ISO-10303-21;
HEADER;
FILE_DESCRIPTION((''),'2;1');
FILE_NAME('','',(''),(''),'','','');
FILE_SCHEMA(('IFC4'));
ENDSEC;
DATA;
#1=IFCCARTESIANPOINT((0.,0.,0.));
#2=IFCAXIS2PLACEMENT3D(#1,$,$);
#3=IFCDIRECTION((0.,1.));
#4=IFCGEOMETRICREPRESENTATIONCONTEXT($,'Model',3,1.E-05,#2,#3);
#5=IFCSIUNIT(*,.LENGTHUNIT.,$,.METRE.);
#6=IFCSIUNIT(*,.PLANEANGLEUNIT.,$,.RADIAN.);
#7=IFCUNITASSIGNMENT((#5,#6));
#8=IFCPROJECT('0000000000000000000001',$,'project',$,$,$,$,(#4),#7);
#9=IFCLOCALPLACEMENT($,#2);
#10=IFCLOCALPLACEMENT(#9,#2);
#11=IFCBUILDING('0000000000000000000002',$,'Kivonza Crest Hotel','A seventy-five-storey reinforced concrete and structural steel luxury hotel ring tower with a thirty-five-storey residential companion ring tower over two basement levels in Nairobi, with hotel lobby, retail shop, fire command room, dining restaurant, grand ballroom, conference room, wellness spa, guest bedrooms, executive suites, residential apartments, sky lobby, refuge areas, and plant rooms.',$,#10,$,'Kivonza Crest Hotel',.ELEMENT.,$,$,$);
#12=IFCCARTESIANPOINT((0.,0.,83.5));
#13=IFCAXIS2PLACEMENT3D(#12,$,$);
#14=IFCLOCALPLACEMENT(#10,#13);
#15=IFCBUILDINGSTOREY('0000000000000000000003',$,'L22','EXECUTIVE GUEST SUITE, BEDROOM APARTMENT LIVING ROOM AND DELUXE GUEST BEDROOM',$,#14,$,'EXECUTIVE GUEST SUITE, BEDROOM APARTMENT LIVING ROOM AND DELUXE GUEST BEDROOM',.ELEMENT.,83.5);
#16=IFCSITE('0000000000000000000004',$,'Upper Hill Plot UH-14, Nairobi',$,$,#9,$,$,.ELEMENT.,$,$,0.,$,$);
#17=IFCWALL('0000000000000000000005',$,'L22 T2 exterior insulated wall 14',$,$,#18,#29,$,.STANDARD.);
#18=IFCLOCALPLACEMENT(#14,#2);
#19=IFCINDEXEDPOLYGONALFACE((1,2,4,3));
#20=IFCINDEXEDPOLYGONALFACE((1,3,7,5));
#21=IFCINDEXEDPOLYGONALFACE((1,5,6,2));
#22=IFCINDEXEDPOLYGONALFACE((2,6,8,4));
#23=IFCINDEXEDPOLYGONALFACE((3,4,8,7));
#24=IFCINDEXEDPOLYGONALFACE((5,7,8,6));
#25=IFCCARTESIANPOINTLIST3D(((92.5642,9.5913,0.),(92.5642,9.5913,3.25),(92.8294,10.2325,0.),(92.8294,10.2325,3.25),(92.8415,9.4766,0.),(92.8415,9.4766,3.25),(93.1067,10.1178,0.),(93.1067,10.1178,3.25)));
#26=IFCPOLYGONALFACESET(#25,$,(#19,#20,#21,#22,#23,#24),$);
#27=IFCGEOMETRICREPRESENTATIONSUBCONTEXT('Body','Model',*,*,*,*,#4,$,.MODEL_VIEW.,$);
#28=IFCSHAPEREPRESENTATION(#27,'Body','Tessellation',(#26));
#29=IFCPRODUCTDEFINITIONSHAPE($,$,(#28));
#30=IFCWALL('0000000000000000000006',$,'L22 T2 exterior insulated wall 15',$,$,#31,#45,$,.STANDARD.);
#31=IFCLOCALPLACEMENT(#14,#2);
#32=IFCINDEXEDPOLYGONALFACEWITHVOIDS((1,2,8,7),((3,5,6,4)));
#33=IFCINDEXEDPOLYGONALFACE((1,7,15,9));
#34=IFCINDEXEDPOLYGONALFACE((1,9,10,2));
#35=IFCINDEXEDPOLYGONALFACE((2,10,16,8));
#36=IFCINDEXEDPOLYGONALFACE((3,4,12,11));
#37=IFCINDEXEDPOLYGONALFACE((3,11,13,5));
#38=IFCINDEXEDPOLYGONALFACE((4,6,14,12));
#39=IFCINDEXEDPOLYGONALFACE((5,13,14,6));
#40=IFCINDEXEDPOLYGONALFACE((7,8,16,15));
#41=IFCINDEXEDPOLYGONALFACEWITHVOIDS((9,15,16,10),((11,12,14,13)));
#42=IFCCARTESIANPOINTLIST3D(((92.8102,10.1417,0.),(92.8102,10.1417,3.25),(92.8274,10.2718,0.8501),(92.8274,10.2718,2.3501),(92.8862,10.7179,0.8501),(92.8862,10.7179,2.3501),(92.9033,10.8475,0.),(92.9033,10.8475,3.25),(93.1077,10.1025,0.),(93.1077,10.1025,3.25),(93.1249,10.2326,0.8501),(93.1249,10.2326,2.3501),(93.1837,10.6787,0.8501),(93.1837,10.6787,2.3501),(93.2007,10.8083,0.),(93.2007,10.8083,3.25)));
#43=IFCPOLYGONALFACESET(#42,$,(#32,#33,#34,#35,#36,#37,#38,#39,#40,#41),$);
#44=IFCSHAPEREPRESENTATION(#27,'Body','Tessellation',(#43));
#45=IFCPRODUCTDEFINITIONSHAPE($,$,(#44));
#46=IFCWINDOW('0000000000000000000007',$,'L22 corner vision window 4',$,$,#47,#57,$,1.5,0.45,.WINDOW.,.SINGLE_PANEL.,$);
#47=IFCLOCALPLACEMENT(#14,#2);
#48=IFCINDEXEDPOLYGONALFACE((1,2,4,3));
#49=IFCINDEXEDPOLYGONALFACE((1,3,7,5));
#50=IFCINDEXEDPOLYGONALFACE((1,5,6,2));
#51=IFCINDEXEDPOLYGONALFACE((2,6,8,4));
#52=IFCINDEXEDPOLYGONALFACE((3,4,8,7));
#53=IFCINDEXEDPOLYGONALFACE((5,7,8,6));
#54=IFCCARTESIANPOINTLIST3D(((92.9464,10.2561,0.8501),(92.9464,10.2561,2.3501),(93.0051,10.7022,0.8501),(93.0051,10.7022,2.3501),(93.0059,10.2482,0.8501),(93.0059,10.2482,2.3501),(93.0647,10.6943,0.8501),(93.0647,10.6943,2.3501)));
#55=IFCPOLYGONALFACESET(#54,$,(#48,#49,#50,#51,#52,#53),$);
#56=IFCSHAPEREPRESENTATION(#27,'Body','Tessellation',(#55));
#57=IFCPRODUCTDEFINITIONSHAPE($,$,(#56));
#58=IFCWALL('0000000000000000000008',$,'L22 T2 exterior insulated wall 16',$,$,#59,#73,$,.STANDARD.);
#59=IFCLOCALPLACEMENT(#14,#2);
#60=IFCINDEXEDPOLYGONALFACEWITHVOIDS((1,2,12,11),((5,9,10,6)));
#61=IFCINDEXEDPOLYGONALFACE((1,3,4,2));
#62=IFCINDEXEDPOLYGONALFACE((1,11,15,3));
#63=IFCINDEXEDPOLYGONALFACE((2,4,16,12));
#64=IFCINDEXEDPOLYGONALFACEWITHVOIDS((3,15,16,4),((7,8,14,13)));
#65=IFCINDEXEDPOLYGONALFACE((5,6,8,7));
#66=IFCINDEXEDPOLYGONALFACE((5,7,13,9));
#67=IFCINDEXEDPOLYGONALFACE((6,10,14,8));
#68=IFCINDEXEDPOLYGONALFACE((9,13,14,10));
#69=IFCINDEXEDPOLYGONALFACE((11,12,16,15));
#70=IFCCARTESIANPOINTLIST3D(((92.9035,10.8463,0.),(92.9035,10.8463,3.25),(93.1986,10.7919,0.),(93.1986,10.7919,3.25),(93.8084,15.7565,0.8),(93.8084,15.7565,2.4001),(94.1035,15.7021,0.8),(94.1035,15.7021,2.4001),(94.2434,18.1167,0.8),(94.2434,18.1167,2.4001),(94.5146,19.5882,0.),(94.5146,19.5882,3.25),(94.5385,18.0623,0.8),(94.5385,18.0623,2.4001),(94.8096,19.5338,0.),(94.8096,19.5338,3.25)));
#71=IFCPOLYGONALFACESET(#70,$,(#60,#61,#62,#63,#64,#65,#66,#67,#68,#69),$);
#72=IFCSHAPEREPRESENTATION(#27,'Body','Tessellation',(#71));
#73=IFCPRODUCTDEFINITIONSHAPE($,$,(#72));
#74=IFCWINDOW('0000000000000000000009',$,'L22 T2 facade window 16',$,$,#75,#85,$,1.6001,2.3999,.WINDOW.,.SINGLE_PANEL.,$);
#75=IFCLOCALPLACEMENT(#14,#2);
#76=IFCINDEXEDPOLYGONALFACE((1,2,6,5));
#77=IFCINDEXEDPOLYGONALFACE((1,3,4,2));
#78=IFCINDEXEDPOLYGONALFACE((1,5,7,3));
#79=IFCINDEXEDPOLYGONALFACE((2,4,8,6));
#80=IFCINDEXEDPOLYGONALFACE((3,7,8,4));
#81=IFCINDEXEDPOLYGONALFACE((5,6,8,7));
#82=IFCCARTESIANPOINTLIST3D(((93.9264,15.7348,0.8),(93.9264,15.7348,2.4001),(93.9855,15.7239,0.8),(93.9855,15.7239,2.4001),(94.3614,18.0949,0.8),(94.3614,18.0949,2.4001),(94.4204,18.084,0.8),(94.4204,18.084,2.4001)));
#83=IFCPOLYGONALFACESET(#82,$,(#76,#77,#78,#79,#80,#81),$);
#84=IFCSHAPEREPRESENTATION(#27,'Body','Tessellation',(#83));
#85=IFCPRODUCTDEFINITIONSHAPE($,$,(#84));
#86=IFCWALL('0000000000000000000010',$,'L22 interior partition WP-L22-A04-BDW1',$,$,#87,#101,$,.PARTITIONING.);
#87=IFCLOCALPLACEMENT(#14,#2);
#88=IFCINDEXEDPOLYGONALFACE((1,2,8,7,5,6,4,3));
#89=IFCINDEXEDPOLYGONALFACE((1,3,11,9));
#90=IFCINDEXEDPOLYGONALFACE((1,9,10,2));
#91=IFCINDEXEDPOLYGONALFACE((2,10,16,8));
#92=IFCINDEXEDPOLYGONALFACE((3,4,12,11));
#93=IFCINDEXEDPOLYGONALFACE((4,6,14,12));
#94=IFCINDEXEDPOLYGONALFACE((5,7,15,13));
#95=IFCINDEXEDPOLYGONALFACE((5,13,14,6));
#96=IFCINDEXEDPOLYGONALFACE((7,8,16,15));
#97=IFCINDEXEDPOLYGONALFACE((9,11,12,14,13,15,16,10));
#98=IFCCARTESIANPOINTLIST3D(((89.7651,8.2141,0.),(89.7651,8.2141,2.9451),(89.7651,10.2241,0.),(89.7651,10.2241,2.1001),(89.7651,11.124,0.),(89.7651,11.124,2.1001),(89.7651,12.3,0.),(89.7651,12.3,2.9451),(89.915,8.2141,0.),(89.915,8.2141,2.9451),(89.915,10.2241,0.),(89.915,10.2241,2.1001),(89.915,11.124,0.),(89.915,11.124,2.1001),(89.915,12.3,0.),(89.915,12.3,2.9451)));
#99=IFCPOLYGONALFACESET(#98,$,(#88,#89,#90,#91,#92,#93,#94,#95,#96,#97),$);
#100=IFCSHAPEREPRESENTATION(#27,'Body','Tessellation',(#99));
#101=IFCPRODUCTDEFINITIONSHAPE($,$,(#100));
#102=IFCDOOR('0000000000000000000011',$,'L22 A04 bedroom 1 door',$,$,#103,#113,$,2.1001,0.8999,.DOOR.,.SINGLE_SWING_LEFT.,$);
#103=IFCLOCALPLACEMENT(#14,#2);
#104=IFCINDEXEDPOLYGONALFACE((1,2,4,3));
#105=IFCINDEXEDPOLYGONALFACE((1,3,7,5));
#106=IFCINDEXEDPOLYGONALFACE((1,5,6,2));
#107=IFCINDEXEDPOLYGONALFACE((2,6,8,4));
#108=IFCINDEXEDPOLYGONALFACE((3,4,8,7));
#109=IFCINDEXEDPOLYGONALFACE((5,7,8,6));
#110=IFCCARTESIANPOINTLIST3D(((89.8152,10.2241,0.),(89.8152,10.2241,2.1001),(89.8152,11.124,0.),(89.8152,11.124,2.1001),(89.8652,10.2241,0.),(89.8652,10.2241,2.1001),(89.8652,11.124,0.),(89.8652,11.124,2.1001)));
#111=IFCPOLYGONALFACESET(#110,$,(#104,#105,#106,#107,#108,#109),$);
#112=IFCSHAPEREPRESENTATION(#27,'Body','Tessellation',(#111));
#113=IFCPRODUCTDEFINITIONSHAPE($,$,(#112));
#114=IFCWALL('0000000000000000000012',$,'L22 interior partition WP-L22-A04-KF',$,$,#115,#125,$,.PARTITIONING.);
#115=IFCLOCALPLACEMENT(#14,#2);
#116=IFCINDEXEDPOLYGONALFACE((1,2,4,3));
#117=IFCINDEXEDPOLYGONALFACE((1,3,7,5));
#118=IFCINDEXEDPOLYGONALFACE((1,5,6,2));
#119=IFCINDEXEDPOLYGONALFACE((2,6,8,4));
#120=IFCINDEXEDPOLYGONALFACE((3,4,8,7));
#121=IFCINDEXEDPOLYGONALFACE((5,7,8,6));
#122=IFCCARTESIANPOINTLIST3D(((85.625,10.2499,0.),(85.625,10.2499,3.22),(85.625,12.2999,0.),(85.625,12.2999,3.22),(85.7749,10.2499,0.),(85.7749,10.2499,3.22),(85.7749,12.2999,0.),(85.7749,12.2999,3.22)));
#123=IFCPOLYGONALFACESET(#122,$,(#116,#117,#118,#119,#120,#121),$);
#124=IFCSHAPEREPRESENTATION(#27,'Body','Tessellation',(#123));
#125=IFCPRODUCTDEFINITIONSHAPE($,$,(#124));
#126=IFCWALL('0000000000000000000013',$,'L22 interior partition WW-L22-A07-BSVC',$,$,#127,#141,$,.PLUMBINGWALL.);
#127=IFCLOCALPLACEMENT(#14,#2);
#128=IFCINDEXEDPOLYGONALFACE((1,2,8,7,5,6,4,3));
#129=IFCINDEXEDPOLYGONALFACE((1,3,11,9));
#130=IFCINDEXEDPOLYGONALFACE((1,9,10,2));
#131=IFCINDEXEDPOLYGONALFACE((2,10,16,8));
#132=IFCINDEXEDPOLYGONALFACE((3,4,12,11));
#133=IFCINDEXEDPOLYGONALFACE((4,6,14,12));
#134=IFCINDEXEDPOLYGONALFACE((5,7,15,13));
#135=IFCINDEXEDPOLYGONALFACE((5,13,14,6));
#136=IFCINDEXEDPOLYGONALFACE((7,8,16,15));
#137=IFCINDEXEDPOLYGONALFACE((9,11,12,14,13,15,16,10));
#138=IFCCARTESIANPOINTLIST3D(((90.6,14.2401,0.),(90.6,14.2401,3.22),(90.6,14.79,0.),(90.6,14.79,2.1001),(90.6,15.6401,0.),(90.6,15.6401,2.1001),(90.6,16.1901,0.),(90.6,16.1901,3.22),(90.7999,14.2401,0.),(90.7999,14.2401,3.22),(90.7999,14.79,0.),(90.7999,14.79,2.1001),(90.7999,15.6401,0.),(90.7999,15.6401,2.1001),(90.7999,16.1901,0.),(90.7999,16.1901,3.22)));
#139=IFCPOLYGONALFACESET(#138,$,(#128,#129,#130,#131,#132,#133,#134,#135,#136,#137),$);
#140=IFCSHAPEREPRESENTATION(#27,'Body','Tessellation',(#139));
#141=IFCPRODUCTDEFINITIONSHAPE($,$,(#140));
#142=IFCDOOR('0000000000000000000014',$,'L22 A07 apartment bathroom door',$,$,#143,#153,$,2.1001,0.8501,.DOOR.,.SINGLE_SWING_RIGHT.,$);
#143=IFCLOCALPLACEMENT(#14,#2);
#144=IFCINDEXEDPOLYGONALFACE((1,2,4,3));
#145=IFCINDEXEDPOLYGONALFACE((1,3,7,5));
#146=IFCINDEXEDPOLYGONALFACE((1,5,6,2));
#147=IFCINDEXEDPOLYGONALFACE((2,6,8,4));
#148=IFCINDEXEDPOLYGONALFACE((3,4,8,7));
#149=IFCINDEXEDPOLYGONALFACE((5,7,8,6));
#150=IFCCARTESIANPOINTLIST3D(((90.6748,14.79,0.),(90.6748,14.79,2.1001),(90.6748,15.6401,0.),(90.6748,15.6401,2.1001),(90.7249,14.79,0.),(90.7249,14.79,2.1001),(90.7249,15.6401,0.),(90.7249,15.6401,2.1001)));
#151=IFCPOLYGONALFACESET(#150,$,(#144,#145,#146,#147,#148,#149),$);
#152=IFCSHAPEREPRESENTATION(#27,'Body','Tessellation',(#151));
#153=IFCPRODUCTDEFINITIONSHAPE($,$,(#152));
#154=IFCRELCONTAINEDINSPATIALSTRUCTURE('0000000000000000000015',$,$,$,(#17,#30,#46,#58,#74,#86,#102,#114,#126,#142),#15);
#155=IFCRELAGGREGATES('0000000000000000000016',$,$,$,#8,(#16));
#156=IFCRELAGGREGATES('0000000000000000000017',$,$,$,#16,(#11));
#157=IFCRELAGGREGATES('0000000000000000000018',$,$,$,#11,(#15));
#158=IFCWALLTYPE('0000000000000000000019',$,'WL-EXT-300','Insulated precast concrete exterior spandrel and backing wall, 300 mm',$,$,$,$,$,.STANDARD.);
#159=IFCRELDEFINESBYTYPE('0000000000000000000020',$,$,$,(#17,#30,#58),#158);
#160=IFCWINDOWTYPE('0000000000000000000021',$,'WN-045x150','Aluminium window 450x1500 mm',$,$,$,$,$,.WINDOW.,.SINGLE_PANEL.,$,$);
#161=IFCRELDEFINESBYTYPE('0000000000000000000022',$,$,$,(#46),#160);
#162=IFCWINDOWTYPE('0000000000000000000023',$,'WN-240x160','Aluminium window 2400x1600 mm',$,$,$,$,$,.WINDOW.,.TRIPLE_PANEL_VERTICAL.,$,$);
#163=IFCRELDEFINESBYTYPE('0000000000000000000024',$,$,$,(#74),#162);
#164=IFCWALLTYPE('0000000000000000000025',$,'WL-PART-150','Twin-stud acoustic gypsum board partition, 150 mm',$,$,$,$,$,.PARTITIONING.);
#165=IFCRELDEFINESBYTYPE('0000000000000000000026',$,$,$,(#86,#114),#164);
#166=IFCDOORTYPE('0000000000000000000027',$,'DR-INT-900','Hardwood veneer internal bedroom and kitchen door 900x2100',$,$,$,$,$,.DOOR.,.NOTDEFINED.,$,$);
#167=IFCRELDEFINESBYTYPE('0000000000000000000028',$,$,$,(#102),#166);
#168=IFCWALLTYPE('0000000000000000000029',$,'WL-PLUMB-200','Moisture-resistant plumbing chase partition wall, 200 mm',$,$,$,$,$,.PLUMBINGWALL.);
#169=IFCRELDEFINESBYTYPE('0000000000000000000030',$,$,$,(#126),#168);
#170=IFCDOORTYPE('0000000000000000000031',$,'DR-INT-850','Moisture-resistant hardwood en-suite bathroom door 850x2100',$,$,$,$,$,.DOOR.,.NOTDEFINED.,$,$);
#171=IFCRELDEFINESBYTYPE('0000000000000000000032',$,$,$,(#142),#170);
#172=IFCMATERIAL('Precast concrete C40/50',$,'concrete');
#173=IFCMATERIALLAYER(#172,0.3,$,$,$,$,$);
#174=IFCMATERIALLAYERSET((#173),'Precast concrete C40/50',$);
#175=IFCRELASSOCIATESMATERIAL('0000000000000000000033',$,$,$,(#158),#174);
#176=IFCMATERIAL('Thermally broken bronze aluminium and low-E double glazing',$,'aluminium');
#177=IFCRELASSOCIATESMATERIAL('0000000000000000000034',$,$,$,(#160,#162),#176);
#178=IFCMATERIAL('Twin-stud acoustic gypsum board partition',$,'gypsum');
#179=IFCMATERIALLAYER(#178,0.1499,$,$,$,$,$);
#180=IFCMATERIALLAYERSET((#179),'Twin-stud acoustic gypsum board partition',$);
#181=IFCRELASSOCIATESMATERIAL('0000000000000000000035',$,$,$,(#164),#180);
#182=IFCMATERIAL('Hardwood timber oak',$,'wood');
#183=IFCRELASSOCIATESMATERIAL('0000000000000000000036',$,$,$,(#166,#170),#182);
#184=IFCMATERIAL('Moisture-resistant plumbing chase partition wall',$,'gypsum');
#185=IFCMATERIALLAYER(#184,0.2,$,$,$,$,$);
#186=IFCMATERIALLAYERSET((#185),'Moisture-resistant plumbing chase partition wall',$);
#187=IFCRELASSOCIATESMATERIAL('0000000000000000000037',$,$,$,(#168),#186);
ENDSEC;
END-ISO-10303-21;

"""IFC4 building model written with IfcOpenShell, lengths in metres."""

from ifc_helpers import new_model, si_unit, direction, frame, frame_2d, origin, place, context, subcontext, project, spatial, rectangle, extrude, material, layer, layer_set, type_object, element, fill, save


model = new_model("IFC4")

# Units and contexts
model_context = context("Model", 3, precision=1e-05, world=origin(), true_north=direction((0.0, 1.0)))
body_context = subcontext(model_context, "Body", "Model", "MODEL_VIEW")
ifc_project = project(units=[si_unit("LENGTHUNIT", "METRE"), si_unit("PLANEANGLEUNIT", "RADIAN")], contexts=[model_context])

# Site, building, storey
site_placement = place(None, origin())
site = spatial("IfcSite", under=ifc_project, at=site_placement, Name="Upper Hill Plot UH-14, Nairobi", CompositionType="ELEMENT", RefElevation=0.0)
building_placement = place(site_placement, origin())
building = spatial("IfcBuilding", under=site, at=building_placement, Name="Kivonza Crest Hotel", Description="A seventy-five-storey reinforced concrete and structural steel luxury hotel ring tower with a thirty-five-storey residential companion ring tower over two basement levels in Nairobi, with hotel lobby, retail shop, fire command room, dining restaurant, grand ballroom, conference room, wellness spa, guest bedrooms, executive suites, residential apartments, sky lobby, refuge areas, and plant rooms.", LongName="Kivonza Crest Hotel", CompositionType="ELEMENT")
storey_placement = place(building_placement, frame((0.0, 0.0, 83.5)))
storey = spatial("IfcBuildingStorey", under=building, at=storey_placement, Name="L22", Description="EXECUTIVE GUEST SUITE, BEDROOM APARTMENT LIVING ROOM AND DELUXE GUEST BEDROOM", LongName="EXECUTIVE GUEST SUITE, BEDROOM APARTMENT LIVING ROOM AND DELUXE GUEST BEDROOM", CompositionType="ELEMENT", Elevation=83.5)

# Shared definitions
ifc_material_1 = material(Name="Hardwood timber oak", Category="wood")

# Wall
ifc_material_2 = material(Name="Precast concrete C40/50", Category="concrete")
ifc_layer_1 = layer(ifc_material_2, 0.3)
ifc_layer_set_1 = layer_set([ifc_layer_1], Name="Precast concrete C40/50")
wall_type_1 = type_object("IfcWallType", Name="WL-EXT-300", Description="Insulated precast concrete exterior spandrel and backing wall, 300 mm", PredefinedType="STANDARD", material=ifc_layer_set_1)
for number, where, z_axis, x_axis, name in (
    (1, (92.7029, 9.5339, 0.0), (0.0, 0.0, 1.0), (0.382165, 0.924094, 0.0), "L22 T2 exterior insulated wall 14"),
):
    element("IfcWall", number, at=place(storey_placement, frame(where, z_axis=z_axis, x_axis=x_axis)), inside=storey, type_object=wall_type_1, Name=name, PredefinedType="STANDARD", context=body_context, shape_type="SweptSolid", body=[
        extrude(rectangle(XDim=0.6938, YDim=0.3, at=frame_2d((0.3469, 0.0))), origin(), (0.0, 0.0, 1.0), 3.25),
    ])

# Walls, openings, windows
wall_1_placement = place(storey_placement, frame((92.959, 10.1221, 0.0), z_axis=(0.0, 0.0, 1.0), x_axis=(0.130659, 0.991427, 0.0)))
wall_1 = element("IfcWall", 2, at=wall_1_placement, inside=storey, type_object=wall_type_1, Name="L22 T2 exterior insulated wall 15", PredefinedType="STANDARD", context=body_context, shape_type="SweptSolid", body=[
    extrude(rectangle(XDim=0.7119, YDim=0.3, at=frame_2d((0.356, 0.0))), origin(), (0.0, 0.0, 1.0), 3.25),
])
opening_1_placement = place(wall_1_placement, frame((0.1311, 0.0, 0.8501)))
opening_1 = element("IfcOpeningElement", 3, at=opening_1_placement, cuts=wall_1, PredefinedType="OPENING", context=body_context, shape_type="SweptSolid", body=[
    extrude(rectangle(XDim=0.45, YDim=1.5, at=frame_2d((0.2251, 0.75))), frame((0.0, 0.1602, 0.0), z_axis=(0.0, -1.0, 0.0), x_axis=(1.0, 0.0, 0.0)), (0.0, 0.0, 1.0), 0.3201),
])
ifc_material_3 = material(Name="Thermally broken bronze aluminium and low-E double glazing", Category="aluminium")
window_type_1 = type_object("IfcWindowType", Name="WN-045x150", Description="Aluminium window 450x1500 mm", PartitioningType="SINGLE_PANEL", PredefinedType="WINDOW", material=ifc_material_3)
window_1_placement = place(opening_1_placement, origin())
window_1 = element("IfcWindow", 4, at=window_1_placement, inside=storey, type_object=window_type_1, Name="L22 corner vision window 4", OverallHeight=1.5, OverallWidth=0.45, PartitioningType="SINGLE_PANEL", PredefinedType="WINDOW", context=body_context, shape_type="SweptSolid", body=[
    extrude(rectangle(XDim=0.45, YDim=1.5, at=frame_2d((0.2251, 0.75))), frame((0.0, 0.03, 0.0), z_axis=(0.0, -1.0, 0.0), x_axis=(1.0, 0.0, 0.0)), (0.0, 0.0, 1.0), 0.0601),
])
fill(opening_1, window_1)
wall_2_placement = place(storey_placement, frame((93.051, 10.8191, 0.0), z_axis=(0.0, 0.0, 1.0), x_axis=(0.181241, 0.983439, 0.0)))
wall_2 = element("IfcWall", 5, at=wall_2_placement, inside=storey, type_object=wall_type_1, Name="L22 T2 exterior insulated wall 16", PredefinedType="STANDARD", context=body_context, shape_type="SweptSolid", body=[
    extrude(rectangle(XDim=8.8892, YDim=0.3, at=frame_2d((4.4446, 0.0))), origin(), (0.0, 0.0, 1.0), 3.25),
])
opening_2_placement = place(wall_2_placement, frame((4.9929, 0.0, 0.8)))
opening_2 = element("IfcOpeningElement", 6, at=opening_2_placement, cuts=wall_2, PredefinedType="OPENING", context=body_context, shape_type="SweptSolid", body=[
    extrude(rectangle(XDim=2.3999, YDim=1.6001, at=frame_2d((1.2, 0.8))), frame((0.0, 0.1602, 0.0), z_axis=(0.0, -1.0, 0.0), x_axis=(1.0, 0.0, 0.0)), (0.0, 0.0, 1.0), 0.3201),
])
window_type_2 = type_object("IfcWindowType", Name="WN-240x160", Description="Aluminium window 2400x1600 mm", PartitioningType="TRIPLE_PANEL_VERTICAL", PredefinedType="WINDOW", material=ifc_material_3)
window_2_placement = place(opening_2_placement, origin())
window_2 = element("IfcWindow", 7, at=window_2_placement, inside=storey, type_object=window_type_2, Name="L22 T2 facade window 16", OverallHeight=1.6001, OverallWidth=2.3999, PartitioningType="SINGLE_PANEL", PredefinedType="WINDOW", context=body_context, shape_type="SweptSolid", body=[
    extrude(rectangle(XDim=2.3999, YDim=1.6001, at=frame_2d((1.2, 0.8))), frame((0.0, 0.03, 0.0), z_axis=(0.0, -1.0, 0.0), x_axis=(1.0, 0.0, 0.0)), (0.0, 0.0, 1.0), 0.0601),
])
fill(opening_2, window_2)

# Wall, opening, door
ifc_material_4 = material(Name="Twin-stud acoustic gypsum board partition", Category="gypsum")
ifc_layer_2 = layer(ifc_material_4, 0.1499)
ifc_layer_set_2 = layer_set([ifc_layer_2], Name="Twin-stud acoustic gypsum board partition")
wall_type_2 = type_object("IfcWallType", Name="WL-PART-150", Description="Twin-stud acoustic gypsum board partition, 150 mm", PredefinedType="PARTITIONING", material=ifc_layer_set_2)
wall_3_placement = place(storey_placement, frame((89.8401, 8.2141, 0.0), z_axis=(0.0, 0.0, 1.0), x_axis=(0.0, 1.0, 0.0)))
wall_3 = element("IfcWall", 8, at=wall_3_placement, inside=storey, type_object=wall_type_2, Name="L22 interior partition WP-L22-A04-BDW1", PredefinedType="PARTITIONING", context=body_context, shape_type="SweptSolid", body=[
    extrude(rectangle(XDim=4.0859, YDim=0.1499, at=frame_2d((2.043, 0.0))), origin(), (0.0, 0.0, 1.0), 2.9451),
])
opening_3_placement = place(wall_3_placement, frame((2.01, 0.0, 0.0)))
opening_3 = element("IfcOpeningElement", 9, at=opening_3_placement, cuts=wall_3, PredefinedType="OPENING", context=body_context, shape_type="SweptSolid", body=[
    extrude(rectangle(XDim=0.8999, YDim=2.1001, at=frame_2d((0.45, 1.05))), frame((0.0, 0.085, 0.0), z_axis=(0.0, -1.0, 0.0), x_axis=(1.0, 0.0, 0.0)), (0.0, 0.0, 1.0), 0.1699),
])
door_type_1 = type_object("IfcDoorType", Name="DR-INT-900", Description="Hardwood veneer internal bedroom and kitchen door 900x2100", OperationType="NOTDEFINED", PredefinedType="DOOR", material=ifc_material_1)
door_1_placement = place(opening_3_placement, origin())
door_1 = element("IfcDoor", 10, at=door_1_placement, inside=storey, type_object=door_type_1, Name="L22 A04 bedroom 1 door", OperationType="SINGLE_SWING_LEFT", OverallHeight=2.1001, OverallWidth=0.8999, PredefinedType="DOOR", context=body_context, shape_type="SweptSolid", body=[
    extrude(rectangle(XDim=0.8999, YDim=2.1001, at=frame_2d((0.45, 1.05))), frame((0.0, 0.0249, 0.0), z_axis=(0.0, -1.0, 0.0), x_axis=(1.0, 0.0, 0.0)), (0.0, 0.0, 1.0), 0.05),
])
fill(opening_3, door_1)

# Wall
wall_4_placement = place(storey_placement, frame((85.7, 10.25, 0.0), z_axis=(0.0, 0.0, 1.0), x_axis=(0.0, 1.0, 0.0)))
element("IfcWall", 11, at=wall_4_placement, inside=storey, type_object=wall_type_2, Name="L22 interior partition WP-L22-A04-KF", PredefinedType="PARTITIONING", context=body_context, shape_type="SweptSolid", body=[
    extrude(rectangle(XDim=2.05, YDim=0.1499, at=frame_2d((1.0249, 0.0))), origin(), (0.0, 0.0, 1.0), 3.22),
])

# Wall, opening, door
ifc_material_5 = material(Name="Moisture-resistant plumbing chase partition wall", Category="gypsum")
ifc_layer_3 = layer(ifc_material_5, 0.2)
ifc_layer_set_3 = layer_set([ifc_layer_3], Name="Moisture-resistant plumbing chase partition wall")
wall_type_3 = type_object("IfcWallType", Name="WL-PLUMB-200", Description="Moisture-resistant plumbing chase partition wall, 200 mm", PredefinedType="PLUMBINGWALL", material=ifc_layer_set_3)
wall_5_placement = place(storey_placement, frame((90.7, 14.24, 0.0), z_axis=(0.0, 0.0, 1.0), x_axis=(0.0, 1.0, 0.0)))
wall_5 = element("IfcWall", 12, at=wall_5_placement, inside=storey, type_object=wall_type_3, Name="L22 interior partition WW-L22-A07-BSVC", PredefinedType="PLUMBINGWALL", context=body_context, shape_type="SweptSolid", body=[
    extrude(rectangle(XDim=1.95, YDim=0.2, at=frame_2d((0.9751, 0.0))), origin(), (0.0, 0.0, 1.0), 3.22),
])
opening_4_placement = place(wall_5_placement, frame((0.55, 0.0, 0.0)))
opening_4 = element("IfcOpeningElement", 13, at=opening_4_placement, cuts=wall_5, PredefinedType="OPENING", context=body_context, shape_type="SweptSolid", body=[
    extrude(rectangle(XDim=0.8501, YDim=2.1001, at=frame_2d((0.425, 1.05))), frame((0.0, 0.1099, 0.0), z_axis=(0.0, -1.0, 0.0), x_axis=(1.0, 0.0, 0.0)), (0.0, 0.0, 1.0), 0.22),
])
door_type_2 = type_object("IfcDoorType", Name="DR-INT-850", Description="Moisture-resistant hardwood en-suite bathroom door 850x2100", OperationType="NOTDEFINED", PredefinedType="DOOR", material=ifc_material_1)
door_2_placement = place(opening_4_placement, frame((0.8501, 0.0, 0.0), z_axis=(0.0, 0.0, 1.0), x_axis=(-1.0, 0.0, 0.0)))
door_2 = element("IfcDoor", 14, at=door_2_placement, inside=storey, type_object=door_type_2, Name="L22 A07 apartment bathroom door", OperationType="SINGLE_SWING_RIGHT", OverallHeight=2.1001, OverallWidth=0.8501, PredefinedType="DOOR", context=body_context, shape_type="SweptSolid", body=[
    extrude(rectangle(XDim=0.8501, YDim=2.1001, at=frame_2d((0.425, 1.05))), frame((0.0, 0.0249, 0.0), z_axis=(0.0, -1.0, 0.0), x_axis=(1.0, 0.0, 0.0)), (0.0, 0.0, 1.0), 0.05),
])
fill(opening_4, door_2)

save(model, "model.ifc")
